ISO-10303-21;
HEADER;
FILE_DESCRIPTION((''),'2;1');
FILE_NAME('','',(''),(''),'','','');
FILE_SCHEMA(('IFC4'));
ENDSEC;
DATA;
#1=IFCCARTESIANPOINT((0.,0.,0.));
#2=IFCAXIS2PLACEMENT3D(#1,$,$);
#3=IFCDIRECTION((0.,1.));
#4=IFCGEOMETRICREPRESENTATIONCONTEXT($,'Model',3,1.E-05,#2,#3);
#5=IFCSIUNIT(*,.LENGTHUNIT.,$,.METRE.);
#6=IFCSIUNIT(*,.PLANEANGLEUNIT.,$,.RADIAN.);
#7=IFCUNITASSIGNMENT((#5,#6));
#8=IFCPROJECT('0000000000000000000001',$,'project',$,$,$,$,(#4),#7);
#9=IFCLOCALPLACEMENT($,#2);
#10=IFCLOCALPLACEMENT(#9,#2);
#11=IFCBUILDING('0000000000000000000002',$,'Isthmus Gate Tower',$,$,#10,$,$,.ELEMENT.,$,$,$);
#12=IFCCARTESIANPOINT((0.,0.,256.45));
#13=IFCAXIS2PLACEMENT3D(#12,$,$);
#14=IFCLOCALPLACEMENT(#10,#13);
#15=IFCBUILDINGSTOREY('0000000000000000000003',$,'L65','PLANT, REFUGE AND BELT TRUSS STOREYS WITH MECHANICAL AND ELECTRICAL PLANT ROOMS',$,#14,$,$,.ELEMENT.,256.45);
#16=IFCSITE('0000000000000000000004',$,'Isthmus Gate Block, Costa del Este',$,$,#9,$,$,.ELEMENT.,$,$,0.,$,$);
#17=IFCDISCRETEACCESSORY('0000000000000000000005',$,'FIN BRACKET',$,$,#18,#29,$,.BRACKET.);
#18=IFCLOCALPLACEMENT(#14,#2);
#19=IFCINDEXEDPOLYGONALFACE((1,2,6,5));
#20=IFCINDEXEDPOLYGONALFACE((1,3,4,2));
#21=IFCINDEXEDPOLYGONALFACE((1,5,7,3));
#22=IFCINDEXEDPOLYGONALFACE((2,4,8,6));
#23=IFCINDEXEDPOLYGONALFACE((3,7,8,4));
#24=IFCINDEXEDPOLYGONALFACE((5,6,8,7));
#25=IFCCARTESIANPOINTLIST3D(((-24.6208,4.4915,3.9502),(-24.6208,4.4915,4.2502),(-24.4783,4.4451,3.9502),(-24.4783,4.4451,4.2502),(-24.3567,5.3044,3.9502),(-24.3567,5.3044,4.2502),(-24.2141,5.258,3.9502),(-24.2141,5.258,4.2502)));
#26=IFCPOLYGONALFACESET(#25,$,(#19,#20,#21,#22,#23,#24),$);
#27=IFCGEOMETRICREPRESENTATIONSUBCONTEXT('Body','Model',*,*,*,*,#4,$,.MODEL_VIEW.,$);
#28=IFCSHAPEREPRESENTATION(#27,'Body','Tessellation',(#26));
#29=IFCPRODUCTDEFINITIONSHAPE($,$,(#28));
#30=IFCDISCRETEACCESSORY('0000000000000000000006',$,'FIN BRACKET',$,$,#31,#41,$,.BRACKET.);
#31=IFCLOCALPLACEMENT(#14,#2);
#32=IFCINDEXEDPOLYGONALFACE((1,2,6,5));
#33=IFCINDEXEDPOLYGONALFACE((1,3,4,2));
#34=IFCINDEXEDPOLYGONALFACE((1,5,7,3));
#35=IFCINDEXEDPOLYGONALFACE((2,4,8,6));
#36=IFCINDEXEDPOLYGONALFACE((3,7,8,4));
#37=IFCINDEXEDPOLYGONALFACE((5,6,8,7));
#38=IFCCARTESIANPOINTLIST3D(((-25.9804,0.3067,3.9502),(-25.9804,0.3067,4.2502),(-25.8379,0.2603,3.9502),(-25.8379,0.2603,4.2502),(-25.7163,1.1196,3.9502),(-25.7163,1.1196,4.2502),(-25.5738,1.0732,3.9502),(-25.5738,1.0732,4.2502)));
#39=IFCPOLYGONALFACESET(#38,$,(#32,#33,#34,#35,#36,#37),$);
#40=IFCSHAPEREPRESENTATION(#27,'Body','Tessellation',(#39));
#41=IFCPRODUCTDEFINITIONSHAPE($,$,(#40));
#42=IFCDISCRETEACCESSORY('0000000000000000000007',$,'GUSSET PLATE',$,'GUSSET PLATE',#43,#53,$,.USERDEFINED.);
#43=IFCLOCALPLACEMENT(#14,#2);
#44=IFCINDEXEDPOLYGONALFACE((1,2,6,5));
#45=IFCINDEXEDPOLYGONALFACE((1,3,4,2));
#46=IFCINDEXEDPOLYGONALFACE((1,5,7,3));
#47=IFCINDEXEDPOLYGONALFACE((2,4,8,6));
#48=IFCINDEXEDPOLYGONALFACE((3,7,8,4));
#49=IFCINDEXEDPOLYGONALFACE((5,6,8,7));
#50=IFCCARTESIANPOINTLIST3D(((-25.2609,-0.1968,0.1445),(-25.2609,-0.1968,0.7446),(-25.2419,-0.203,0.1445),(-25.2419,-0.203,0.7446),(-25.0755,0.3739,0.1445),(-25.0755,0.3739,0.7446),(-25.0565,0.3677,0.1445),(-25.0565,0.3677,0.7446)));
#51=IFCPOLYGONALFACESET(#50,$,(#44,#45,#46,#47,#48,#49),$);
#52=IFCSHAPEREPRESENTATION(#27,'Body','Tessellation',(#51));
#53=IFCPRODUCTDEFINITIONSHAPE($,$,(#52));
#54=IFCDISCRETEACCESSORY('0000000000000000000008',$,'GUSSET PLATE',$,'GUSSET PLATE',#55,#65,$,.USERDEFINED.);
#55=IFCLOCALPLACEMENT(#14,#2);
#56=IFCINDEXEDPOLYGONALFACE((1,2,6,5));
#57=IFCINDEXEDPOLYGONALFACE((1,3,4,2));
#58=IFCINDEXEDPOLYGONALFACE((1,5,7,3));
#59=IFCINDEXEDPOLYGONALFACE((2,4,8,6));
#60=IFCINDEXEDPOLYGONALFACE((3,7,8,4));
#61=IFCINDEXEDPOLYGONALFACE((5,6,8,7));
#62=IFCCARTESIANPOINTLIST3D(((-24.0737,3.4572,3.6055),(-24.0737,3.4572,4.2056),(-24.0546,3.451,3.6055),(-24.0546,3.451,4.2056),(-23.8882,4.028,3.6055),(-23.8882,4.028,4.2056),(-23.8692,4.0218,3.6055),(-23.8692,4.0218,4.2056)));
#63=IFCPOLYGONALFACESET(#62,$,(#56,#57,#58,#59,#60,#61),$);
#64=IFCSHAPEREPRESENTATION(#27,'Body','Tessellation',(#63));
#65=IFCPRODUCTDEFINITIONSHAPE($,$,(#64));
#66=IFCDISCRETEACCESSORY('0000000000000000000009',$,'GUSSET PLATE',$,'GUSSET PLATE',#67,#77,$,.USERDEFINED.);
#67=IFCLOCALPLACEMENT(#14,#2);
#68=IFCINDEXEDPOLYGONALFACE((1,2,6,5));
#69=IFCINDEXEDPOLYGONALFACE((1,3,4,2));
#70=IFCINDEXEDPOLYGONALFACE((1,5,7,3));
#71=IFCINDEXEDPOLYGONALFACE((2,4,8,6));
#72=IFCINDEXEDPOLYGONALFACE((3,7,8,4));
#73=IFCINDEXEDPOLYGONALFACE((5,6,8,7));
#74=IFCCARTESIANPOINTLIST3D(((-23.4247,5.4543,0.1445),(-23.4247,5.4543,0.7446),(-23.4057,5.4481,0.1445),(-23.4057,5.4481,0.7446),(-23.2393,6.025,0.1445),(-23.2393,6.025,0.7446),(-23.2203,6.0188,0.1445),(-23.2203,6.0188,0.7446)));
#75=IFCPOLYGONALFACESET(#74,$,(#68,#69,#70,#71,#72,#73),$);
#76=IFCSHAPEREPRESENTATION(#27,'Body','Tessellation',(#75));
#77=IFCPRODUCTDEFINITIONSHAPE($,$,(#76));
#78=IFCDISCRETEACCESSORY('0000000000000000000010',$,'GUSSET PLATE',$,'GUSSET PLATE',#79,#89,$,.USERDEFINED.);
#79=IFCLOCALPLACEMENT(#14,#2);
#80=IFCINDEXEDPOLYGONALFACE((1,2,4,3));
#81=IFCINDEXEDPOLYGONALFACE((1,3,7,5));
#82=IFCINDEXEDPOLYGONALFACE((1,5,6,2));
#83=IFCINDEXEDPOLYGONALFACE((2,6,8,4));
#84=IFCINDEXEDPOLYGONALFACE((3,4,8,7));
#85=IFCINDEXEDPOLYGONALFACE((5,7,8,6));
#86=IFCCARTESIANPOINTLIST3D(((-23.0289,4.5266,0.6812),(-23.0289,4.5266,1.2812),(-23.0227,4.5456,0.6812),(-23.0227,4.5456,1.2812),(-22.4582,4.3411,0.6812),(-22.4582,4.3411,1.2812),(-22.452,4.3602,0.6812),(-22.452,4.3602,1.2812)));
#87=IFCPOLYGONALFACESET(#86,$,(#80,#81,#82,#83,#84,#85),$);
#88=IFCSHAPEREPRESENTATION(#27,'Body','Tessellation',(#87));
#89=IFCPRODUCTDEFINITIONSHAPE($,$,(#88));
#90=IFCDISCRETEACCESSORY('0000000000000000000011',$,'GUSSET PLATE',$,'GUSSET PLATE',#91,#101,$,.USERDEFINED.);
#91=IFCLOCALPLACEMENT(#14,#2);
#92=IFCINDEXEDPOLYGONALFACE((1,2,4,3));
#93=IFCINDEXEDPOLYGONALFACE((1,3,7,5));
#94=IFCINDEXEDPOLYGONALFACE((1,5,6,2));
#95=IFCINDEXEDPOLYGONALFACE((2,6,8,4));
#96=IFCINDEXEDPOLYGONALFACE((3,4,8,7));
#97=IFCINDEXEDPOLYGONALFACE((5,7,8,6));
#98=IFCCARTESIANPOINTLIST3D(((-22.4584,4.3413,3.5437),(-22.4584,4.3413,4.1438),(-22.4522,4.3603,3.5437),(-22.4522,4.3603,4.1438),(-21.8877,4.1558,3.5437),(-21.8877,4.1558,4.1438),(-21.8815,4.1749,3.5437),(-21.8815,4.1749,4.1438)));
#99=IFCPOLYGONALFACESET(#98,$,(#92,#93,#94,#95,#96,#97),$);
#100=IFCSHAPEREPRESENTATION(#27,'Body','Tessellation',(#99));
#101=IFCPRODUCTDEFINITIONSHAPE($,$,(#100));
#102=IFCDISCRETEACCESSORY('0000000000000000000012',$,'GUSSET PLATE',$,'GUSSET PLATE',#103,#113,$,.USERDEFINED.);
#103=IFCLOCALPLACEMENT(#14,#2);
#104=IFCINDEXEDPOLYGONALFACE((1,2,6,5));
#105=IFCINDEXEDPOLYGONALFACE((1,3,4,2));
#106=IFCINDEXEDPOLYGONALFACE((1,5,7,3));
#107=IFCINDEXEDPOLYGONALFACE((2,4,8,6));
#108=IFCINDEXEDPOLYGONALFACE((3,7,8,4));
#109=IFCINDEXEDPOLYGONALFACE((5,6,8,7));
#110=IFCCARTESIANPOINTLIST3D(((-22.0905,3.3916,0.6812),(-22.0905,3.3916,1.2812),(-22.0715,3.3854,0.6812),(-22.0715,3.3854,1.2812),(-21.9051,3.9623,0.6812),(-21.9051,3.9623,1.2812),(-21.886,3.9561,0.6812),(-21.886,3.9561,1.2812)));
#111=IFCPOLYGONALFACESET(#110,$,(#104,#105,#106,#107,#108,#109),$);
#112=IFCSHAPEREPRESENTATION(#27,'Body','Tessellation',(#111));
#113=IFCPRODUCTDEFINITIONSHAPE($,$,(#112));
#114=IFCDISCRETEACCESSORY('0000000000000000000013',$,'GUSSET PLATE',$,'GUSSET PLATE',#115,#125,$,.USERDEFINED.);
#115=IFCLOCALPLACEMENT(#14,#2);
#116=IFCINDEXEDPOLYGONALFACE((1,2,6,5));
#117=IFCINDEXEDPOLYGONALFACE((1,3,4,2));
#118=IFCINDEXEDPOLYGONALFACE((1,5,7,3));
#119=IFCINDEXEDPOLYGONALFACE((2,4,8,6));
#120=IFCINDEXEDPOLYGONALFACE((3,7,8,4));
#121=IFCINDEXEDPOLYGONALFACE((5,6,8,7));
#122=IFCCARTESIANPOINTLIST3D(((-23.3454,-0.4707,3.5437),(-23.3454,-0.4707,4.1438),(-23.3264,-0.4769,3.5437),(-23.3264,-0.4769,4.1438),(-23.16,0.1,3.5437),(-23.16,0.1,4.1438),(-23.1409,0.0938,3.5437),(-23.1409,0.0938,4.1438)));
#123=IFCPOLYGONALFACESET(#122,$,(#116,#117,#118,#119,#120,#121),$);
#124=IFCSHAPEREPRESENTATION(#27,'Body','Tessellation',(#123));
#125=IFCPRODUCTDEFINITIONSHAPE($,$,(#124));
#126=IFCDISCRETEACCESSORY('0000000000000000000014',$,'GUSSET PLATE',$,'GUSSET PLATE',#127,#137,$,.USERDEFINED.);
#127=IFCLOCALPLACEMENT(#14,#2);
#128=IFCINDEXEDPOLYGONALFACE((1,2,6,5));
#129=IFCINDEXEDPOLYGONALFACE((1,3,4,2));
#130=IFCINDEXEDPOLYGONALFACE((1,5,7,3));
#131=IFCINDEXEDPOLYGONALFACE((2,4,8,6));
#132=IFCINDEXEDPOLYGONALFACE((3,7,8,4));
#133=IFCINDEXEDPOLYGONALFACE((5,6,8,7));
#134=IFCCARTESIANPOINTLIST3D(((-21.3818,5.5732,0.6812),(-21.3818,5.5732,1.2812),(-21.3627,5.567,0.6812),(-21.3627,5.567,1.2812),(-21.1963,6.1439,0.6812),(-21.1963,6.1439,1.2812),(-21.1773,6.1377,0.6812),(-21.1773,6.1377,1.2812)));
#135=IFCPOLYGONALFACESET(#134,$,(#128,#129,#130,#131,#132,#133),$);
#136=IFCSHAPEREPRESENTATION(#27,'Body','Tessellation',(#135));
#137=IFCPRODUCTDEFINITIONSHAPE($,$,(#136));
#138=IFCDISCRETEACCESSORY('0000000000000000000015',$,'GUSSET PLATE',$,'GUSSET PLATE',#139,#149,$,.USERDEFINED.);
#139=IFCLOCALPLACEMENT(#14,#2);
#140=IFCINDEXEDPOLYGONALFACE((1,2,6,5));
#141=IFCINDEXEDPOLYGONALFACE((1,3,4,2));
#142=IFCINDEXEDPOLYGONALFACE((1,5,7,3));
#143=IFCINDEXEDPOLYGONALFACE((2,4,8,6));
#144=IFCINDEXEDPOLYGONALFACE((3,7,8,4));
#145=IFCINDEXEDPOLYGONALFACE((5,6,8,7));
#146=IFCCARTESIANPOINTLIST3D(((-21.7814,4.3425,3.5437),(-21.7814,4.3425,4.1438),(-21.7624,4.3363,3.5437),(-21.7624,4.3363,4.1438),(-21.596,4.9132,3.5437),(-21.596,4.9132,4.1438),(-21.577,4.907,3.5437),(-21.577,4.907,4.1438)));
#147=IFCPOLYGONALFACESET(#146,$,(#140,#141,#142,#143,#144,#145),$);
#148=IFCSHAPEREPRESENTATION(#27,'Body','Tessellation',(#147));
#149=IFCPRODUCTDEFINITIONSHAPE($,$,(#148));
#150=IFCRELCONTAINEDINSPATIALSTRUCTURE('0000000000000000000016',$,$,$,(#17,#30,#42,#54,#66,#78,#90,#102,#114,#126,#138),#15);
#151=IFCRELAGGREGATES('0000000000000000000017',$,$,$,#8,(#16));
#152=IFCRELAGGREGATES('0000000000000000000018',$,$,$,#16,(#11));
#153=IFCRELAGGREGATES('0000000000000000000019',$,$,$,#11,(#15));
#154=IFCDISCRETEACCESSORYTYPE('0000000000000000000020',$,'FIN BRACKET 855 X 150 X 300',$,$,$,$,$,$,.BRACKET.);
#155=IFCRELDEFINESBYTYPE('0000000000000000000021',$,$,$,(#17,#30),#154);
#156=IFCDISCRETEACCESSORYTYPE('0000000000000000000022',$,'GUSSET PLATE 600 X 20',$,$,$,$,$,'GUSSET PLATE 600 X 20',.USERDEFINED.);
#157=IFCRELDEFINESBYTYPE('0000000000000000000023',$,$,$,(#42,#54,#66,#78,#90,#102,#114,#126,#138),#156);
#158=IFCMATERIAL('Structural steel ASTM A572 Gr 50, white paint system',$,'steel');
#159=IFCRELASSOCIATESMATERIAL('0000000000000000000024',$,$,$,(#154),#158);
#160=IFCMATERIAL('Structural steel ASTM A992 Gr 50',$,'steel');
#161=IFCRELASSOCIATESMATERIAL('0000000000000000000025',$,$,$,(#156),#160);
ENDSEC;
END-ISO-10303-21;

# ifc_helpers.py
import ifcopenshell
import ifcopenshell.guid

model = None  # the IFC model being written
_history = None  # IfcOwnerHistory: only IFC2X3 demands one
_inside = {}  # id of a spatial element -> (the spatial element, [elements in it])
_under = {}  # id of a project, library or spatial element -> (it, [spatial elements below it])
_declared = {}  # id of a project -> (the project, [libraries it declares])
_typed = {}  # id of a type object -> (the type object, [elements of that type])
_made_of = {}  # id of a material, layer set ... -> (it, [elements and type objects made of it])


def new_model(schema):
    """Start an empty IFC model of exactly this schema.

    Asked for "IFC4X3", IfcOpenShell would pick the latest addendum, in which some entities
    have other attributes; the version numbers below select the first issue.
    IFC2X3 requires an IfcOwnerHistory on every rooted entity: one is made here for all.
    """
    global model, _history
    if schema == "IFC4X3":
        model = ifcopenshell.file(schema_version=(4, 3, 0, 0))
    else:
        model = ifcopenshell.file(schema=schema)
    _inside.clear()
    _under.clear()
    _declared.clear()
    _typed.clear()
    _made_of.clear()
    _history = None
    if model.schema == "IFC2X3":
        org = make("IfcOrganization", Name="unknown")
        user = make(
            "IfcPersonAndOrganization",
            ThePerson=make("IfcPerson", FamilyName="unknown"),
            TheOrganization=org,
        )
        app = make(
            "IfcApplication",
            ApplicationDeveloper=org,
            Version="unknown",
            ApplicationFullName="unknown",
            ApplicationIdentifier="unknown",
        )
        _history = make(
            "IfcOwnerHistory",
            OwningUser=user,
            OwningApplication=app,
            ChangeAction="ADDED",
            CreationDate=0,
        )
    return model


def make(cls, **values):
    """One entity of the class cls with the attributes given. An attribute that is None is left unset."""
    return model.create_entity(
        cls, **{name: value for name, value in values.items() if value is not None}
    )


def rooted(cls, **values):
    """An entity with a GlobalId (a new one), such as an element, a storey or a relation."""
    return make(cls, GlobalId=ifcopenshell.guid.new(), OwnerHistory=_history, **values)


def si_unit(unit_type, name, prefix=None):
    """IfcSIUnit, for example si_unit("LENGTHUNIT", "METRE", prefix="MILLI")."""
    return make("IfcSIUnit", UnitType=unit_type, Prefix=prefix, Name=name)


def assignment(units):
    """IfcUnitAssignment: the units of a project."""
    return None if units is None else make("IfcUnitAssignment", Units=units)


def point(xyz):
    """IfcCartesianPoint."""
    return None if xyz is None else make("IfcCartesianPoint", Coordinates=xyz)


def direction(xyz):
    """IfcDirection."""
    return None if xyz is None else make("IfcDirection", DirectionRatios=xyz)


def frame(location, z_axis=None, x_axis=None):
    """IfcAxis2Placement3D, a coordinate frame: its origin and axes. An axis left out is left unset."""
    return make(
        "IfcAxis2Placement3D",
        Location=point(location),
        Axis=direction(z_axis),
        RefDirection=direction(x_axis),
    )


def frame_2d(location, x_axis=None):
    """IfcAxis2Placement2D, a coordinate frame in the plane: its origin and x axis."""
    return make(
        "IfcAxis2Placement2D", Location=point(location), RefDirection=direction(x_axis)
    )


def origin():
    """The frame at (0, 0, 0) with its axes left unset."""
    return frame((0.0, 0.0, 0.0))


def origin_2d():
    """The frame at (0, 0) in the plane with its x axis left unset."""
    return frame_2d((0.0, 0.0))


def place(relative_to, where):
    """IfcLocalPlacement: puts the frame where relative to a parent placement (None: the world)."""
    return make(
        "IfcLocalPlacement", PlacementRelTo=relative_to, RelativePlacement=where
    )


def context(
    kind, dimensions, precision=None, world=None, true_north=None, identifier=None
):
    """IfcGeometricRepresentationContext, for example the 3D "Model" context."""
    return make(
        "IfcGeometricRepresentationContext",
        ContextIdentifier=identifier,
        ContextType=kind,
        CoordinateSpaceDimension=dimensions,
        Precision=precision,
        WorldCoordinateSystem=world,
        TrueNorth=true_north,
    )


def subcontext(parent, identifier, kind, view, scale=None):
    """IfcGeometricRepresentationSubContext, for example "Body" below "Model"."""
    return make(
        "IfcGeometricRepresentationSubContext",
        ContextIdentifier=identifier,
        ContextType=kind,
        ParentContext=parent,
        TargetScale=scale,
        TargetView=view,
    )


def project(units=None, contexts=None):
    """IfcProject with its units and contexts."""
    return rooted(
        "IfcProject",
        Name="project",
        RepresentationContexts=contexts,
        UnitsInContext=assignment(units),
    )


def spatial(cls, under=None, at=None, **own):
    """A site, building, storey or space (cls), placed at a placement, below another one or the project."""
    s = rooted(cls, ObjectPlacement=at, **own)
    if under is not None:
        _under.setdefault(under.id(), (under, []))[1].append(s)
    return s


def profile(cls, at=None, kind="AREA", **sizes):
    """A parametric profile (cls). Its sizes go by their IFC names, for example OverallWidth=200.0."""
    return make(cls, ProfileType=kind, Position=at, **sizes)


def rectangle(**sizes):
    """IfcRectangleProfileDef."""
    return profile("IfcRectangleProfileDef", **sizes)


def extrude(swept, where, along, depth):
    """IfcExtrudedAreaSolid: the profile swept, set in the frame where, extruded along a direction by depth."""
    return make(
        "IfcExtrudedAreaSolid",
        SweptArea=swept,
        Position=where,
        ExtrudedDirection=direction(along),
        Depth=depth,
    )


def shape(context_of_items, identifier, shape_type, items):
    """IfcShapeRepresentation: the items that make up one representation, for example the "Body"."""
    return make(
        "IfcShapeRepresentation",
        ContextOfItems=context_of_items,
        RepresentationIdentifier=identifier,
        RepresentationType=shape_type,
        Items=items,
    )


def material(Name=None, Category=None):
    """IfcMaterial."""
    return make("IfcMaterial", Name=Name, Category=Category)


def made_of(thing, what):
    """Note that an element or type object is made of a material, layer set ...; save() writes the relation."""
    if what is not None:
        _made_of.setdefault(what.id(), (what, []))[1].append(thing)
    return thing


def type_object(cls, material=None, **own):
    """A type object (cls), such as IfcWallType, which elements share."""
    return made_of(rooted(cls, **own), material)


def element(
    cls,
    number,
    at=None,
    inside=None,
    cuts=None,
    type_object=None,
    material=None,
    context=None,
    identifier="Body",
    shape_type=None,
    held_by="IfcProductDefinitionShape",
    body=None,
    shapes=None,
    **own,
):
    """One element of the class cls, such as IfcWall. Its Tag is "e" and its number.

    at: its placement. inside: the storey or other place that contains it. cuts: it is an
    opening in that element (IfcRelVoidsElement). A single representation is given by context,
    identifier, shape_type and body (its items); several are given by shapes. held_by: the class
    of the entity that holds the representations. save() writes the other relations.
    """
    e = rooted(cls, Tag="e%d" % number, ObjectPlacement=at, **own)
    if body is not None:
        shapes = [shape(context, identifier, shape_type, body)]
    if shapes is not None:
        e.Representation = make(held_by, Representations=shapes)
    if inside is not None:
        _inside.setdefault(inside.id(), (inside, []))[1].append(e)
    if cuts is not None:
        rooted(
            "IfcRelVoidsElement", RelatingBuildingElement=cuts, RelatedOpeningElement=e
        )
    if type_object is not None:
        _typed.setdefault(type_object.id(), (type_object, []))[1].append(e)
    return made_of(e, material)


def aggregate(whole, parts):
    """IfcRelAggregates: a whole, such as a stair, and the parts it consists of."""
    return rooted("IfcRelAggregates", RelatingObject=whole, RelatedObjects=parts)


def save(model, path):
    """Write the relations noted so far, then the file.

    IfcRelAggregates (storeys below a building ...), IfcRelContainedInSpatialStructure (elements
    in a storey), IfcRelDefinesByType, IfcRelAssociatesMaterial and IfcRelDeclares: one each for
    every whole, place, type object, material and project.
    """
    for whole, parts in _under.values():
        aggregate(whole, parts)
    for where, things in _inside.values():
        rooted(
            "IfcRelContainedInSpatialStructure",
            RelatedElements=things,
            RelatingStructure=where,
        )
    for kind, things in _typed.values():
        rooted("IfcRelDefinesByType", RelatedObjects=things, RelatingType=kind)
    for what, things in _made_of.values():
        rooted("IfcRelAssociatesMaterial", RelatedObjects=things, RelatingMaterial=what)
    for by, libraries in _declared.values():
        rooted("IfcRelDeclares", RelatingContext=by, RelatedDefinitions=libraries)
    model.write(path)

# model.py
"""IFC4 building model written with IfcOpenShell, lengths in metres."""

from ifc_helpers import new_model, si_unit, direction, frame, origin, origin_2d, place, context, subcontext, project, spatial, rectangle, extrude, material, type_object, element, save


model = new_model("IFC4")

# Units and contexts
model_context = context("Model", 3, precision=1e-05, world=origin(), true_north=direction((0.0, 1.0)))
body_context = subcontext(model_context, "Body", "Model", "MODEL_VIEW")
ifc_project = project(units=[si_unit("LENGTHUNIT", "METRE"), si_unit("PLANEANGLEUNIT", "RADIAN")], contexts=[model_context])

# Site, building, storey
site_placement = place(None, origin())
site = spatial("IfcSite", under=ifc_project, at=site_placement, Name="Isthmus Gate Block, Costa del Este", CompositionType="ELEMENT", RefElevation=0.0)
building_placement = place(site_placement, origin())
building = spatial("IfcBuilding", under=site, at=building_placement, Name="Isthmus Gate Tower", CompositionType="ELEMENT")
storey_placement = place(building_placement, frame((0.0, 0.0, 256.45)))
storey = spatial("IfcBuildingStorey", under=building, at=storey_placement, Name="L65", Description="PLANT, REFUGE AND BELT TRUSS STOREYS WITH MECHANICAL AND ELECTRICAL PLANT ROOMS", CompositionType="ELEMENT", Elevation=256.45)

# Discrete accessories
ifc_material_1 = material(Name="Structural steel ASTM A572 Gr 50, white paint system", Category="steel")
discrete_accessory_type_1 = type_object("IfcDiscreteAccessoryType", Name="FIN BRACKET 855 X 150 X 300", PredefinedType="BRACKET", material=ifc_material_1)
for number, where, z_axis, x_axis, name in (
    (1, (-24.4175, 4.8748, 3.9502), (0.0, 0.0, 1.0), (-0.951057, 0.309017, 0.0), "FIN BRACKET"),
    (2, (-25.7771, 0.6899, 3.9502), (0.0, 0.0, 1.0), (-0.951057, 0.309017, 0.0), "FIN BRACKET"),
):
    element("IfcDiscreteAccessory", number, at=place(storey_placement, frame(where, z_axis=z_axis, x_axis=x_axis)), inside=storey, type_object=discrete_accessory_type_1, Name=name, PredefinedType="BRACKET", context=body_context, shape_type="SweptSolid", body=[
        extrude(rectangle(XDim=0.1499, YDim=0.8547, at=origin_2d()), origin(), (0.0, 0.0, 1.0), 0.3),
    ])
ifc_material_2 = material(Name="Structural steel ASTM A992 Gr 50", Category="steel")
discrete_accessory_type_2 = type_object("IfcDiscreteAccessoryType", Name="GUSSET PLATE 600 X 20", ElementType="GUSSET PLATE 600 X 20", PredefinedType="USERDEFINED", material=ifc_material_2)
for number, where, z_axis, x_axis, name in (
    (3, (-25.1587, 0.0854, 0.1445), (0.0, 0.0, 1.0), (0.309017, 0.951057, 0.0), "GUSSET PLATE"),
    (4, (-23.9714, 3.7395, 3.6055), (0.0, 0.0, 1.0), (0.309017, 0.951057, 0.0), "GUSSET PLATE"),
    (5, (-23.3225, 5.7366, 0.1445), (0.0, 0.0, 1.0), (0.309017, 0.951057, 0.0), "GUSSET PLATE"),
    (6, (-22.7405, 4.4434, 0.6812), (0.0, 0.0, 1.0), (0.951057, -0.309017, 0.0), "GUSSET PLATE"),
    (7, (-22.1699, 4.2581, 3.5437), (0.0, 0.0, 1.0), (0.951057, -0.309017, 0.0), "GUSSET PLATE"),
    (8, (-21.9883, 3.6738, 0.6812), (0.0, 0.0, 1.0), (-0.309017, -0.951057, 0.0), "GUSSET PLATE"),
    (9, (-23.2432, -0.1885, 3.5437), (0.0, 0.0, 1.0), (-0.309017, -0.951057, 0.0), "GUSSET PLATE"),
    (10, (-21.2795, 5.8555, 0.6812), (0.0, 0.0, 1.0), (-0.309017, -0.951057, 0.0), "GUSSET PLATE"),
    (11, (-21.6792, 4.6248, 3.5437), (0.0, 0.0, 1.0), (-0.309017, -0.951057, 0.0), "GUSSET PLATE"),
):
    element("IfcDiscreteAccessory", number, at=place(storey_placement, frame(where, z_axis=z_axis, x_axis=x_axis)), inside=storey, type_object=discrete_accessory_type_2, Name=name, ObjectType="GUSSET PLATE", PredefinedType="USERDEFINED", context=body_context, shape_type="SweptSolid", body=[
        extrude(rectangle(XDim=0.6001, YDim=0.02, at=origin_2d()), origin(), (0.0, 0.0, 1.0), 0.6001),
    ])

save(model, "model.ifc")
